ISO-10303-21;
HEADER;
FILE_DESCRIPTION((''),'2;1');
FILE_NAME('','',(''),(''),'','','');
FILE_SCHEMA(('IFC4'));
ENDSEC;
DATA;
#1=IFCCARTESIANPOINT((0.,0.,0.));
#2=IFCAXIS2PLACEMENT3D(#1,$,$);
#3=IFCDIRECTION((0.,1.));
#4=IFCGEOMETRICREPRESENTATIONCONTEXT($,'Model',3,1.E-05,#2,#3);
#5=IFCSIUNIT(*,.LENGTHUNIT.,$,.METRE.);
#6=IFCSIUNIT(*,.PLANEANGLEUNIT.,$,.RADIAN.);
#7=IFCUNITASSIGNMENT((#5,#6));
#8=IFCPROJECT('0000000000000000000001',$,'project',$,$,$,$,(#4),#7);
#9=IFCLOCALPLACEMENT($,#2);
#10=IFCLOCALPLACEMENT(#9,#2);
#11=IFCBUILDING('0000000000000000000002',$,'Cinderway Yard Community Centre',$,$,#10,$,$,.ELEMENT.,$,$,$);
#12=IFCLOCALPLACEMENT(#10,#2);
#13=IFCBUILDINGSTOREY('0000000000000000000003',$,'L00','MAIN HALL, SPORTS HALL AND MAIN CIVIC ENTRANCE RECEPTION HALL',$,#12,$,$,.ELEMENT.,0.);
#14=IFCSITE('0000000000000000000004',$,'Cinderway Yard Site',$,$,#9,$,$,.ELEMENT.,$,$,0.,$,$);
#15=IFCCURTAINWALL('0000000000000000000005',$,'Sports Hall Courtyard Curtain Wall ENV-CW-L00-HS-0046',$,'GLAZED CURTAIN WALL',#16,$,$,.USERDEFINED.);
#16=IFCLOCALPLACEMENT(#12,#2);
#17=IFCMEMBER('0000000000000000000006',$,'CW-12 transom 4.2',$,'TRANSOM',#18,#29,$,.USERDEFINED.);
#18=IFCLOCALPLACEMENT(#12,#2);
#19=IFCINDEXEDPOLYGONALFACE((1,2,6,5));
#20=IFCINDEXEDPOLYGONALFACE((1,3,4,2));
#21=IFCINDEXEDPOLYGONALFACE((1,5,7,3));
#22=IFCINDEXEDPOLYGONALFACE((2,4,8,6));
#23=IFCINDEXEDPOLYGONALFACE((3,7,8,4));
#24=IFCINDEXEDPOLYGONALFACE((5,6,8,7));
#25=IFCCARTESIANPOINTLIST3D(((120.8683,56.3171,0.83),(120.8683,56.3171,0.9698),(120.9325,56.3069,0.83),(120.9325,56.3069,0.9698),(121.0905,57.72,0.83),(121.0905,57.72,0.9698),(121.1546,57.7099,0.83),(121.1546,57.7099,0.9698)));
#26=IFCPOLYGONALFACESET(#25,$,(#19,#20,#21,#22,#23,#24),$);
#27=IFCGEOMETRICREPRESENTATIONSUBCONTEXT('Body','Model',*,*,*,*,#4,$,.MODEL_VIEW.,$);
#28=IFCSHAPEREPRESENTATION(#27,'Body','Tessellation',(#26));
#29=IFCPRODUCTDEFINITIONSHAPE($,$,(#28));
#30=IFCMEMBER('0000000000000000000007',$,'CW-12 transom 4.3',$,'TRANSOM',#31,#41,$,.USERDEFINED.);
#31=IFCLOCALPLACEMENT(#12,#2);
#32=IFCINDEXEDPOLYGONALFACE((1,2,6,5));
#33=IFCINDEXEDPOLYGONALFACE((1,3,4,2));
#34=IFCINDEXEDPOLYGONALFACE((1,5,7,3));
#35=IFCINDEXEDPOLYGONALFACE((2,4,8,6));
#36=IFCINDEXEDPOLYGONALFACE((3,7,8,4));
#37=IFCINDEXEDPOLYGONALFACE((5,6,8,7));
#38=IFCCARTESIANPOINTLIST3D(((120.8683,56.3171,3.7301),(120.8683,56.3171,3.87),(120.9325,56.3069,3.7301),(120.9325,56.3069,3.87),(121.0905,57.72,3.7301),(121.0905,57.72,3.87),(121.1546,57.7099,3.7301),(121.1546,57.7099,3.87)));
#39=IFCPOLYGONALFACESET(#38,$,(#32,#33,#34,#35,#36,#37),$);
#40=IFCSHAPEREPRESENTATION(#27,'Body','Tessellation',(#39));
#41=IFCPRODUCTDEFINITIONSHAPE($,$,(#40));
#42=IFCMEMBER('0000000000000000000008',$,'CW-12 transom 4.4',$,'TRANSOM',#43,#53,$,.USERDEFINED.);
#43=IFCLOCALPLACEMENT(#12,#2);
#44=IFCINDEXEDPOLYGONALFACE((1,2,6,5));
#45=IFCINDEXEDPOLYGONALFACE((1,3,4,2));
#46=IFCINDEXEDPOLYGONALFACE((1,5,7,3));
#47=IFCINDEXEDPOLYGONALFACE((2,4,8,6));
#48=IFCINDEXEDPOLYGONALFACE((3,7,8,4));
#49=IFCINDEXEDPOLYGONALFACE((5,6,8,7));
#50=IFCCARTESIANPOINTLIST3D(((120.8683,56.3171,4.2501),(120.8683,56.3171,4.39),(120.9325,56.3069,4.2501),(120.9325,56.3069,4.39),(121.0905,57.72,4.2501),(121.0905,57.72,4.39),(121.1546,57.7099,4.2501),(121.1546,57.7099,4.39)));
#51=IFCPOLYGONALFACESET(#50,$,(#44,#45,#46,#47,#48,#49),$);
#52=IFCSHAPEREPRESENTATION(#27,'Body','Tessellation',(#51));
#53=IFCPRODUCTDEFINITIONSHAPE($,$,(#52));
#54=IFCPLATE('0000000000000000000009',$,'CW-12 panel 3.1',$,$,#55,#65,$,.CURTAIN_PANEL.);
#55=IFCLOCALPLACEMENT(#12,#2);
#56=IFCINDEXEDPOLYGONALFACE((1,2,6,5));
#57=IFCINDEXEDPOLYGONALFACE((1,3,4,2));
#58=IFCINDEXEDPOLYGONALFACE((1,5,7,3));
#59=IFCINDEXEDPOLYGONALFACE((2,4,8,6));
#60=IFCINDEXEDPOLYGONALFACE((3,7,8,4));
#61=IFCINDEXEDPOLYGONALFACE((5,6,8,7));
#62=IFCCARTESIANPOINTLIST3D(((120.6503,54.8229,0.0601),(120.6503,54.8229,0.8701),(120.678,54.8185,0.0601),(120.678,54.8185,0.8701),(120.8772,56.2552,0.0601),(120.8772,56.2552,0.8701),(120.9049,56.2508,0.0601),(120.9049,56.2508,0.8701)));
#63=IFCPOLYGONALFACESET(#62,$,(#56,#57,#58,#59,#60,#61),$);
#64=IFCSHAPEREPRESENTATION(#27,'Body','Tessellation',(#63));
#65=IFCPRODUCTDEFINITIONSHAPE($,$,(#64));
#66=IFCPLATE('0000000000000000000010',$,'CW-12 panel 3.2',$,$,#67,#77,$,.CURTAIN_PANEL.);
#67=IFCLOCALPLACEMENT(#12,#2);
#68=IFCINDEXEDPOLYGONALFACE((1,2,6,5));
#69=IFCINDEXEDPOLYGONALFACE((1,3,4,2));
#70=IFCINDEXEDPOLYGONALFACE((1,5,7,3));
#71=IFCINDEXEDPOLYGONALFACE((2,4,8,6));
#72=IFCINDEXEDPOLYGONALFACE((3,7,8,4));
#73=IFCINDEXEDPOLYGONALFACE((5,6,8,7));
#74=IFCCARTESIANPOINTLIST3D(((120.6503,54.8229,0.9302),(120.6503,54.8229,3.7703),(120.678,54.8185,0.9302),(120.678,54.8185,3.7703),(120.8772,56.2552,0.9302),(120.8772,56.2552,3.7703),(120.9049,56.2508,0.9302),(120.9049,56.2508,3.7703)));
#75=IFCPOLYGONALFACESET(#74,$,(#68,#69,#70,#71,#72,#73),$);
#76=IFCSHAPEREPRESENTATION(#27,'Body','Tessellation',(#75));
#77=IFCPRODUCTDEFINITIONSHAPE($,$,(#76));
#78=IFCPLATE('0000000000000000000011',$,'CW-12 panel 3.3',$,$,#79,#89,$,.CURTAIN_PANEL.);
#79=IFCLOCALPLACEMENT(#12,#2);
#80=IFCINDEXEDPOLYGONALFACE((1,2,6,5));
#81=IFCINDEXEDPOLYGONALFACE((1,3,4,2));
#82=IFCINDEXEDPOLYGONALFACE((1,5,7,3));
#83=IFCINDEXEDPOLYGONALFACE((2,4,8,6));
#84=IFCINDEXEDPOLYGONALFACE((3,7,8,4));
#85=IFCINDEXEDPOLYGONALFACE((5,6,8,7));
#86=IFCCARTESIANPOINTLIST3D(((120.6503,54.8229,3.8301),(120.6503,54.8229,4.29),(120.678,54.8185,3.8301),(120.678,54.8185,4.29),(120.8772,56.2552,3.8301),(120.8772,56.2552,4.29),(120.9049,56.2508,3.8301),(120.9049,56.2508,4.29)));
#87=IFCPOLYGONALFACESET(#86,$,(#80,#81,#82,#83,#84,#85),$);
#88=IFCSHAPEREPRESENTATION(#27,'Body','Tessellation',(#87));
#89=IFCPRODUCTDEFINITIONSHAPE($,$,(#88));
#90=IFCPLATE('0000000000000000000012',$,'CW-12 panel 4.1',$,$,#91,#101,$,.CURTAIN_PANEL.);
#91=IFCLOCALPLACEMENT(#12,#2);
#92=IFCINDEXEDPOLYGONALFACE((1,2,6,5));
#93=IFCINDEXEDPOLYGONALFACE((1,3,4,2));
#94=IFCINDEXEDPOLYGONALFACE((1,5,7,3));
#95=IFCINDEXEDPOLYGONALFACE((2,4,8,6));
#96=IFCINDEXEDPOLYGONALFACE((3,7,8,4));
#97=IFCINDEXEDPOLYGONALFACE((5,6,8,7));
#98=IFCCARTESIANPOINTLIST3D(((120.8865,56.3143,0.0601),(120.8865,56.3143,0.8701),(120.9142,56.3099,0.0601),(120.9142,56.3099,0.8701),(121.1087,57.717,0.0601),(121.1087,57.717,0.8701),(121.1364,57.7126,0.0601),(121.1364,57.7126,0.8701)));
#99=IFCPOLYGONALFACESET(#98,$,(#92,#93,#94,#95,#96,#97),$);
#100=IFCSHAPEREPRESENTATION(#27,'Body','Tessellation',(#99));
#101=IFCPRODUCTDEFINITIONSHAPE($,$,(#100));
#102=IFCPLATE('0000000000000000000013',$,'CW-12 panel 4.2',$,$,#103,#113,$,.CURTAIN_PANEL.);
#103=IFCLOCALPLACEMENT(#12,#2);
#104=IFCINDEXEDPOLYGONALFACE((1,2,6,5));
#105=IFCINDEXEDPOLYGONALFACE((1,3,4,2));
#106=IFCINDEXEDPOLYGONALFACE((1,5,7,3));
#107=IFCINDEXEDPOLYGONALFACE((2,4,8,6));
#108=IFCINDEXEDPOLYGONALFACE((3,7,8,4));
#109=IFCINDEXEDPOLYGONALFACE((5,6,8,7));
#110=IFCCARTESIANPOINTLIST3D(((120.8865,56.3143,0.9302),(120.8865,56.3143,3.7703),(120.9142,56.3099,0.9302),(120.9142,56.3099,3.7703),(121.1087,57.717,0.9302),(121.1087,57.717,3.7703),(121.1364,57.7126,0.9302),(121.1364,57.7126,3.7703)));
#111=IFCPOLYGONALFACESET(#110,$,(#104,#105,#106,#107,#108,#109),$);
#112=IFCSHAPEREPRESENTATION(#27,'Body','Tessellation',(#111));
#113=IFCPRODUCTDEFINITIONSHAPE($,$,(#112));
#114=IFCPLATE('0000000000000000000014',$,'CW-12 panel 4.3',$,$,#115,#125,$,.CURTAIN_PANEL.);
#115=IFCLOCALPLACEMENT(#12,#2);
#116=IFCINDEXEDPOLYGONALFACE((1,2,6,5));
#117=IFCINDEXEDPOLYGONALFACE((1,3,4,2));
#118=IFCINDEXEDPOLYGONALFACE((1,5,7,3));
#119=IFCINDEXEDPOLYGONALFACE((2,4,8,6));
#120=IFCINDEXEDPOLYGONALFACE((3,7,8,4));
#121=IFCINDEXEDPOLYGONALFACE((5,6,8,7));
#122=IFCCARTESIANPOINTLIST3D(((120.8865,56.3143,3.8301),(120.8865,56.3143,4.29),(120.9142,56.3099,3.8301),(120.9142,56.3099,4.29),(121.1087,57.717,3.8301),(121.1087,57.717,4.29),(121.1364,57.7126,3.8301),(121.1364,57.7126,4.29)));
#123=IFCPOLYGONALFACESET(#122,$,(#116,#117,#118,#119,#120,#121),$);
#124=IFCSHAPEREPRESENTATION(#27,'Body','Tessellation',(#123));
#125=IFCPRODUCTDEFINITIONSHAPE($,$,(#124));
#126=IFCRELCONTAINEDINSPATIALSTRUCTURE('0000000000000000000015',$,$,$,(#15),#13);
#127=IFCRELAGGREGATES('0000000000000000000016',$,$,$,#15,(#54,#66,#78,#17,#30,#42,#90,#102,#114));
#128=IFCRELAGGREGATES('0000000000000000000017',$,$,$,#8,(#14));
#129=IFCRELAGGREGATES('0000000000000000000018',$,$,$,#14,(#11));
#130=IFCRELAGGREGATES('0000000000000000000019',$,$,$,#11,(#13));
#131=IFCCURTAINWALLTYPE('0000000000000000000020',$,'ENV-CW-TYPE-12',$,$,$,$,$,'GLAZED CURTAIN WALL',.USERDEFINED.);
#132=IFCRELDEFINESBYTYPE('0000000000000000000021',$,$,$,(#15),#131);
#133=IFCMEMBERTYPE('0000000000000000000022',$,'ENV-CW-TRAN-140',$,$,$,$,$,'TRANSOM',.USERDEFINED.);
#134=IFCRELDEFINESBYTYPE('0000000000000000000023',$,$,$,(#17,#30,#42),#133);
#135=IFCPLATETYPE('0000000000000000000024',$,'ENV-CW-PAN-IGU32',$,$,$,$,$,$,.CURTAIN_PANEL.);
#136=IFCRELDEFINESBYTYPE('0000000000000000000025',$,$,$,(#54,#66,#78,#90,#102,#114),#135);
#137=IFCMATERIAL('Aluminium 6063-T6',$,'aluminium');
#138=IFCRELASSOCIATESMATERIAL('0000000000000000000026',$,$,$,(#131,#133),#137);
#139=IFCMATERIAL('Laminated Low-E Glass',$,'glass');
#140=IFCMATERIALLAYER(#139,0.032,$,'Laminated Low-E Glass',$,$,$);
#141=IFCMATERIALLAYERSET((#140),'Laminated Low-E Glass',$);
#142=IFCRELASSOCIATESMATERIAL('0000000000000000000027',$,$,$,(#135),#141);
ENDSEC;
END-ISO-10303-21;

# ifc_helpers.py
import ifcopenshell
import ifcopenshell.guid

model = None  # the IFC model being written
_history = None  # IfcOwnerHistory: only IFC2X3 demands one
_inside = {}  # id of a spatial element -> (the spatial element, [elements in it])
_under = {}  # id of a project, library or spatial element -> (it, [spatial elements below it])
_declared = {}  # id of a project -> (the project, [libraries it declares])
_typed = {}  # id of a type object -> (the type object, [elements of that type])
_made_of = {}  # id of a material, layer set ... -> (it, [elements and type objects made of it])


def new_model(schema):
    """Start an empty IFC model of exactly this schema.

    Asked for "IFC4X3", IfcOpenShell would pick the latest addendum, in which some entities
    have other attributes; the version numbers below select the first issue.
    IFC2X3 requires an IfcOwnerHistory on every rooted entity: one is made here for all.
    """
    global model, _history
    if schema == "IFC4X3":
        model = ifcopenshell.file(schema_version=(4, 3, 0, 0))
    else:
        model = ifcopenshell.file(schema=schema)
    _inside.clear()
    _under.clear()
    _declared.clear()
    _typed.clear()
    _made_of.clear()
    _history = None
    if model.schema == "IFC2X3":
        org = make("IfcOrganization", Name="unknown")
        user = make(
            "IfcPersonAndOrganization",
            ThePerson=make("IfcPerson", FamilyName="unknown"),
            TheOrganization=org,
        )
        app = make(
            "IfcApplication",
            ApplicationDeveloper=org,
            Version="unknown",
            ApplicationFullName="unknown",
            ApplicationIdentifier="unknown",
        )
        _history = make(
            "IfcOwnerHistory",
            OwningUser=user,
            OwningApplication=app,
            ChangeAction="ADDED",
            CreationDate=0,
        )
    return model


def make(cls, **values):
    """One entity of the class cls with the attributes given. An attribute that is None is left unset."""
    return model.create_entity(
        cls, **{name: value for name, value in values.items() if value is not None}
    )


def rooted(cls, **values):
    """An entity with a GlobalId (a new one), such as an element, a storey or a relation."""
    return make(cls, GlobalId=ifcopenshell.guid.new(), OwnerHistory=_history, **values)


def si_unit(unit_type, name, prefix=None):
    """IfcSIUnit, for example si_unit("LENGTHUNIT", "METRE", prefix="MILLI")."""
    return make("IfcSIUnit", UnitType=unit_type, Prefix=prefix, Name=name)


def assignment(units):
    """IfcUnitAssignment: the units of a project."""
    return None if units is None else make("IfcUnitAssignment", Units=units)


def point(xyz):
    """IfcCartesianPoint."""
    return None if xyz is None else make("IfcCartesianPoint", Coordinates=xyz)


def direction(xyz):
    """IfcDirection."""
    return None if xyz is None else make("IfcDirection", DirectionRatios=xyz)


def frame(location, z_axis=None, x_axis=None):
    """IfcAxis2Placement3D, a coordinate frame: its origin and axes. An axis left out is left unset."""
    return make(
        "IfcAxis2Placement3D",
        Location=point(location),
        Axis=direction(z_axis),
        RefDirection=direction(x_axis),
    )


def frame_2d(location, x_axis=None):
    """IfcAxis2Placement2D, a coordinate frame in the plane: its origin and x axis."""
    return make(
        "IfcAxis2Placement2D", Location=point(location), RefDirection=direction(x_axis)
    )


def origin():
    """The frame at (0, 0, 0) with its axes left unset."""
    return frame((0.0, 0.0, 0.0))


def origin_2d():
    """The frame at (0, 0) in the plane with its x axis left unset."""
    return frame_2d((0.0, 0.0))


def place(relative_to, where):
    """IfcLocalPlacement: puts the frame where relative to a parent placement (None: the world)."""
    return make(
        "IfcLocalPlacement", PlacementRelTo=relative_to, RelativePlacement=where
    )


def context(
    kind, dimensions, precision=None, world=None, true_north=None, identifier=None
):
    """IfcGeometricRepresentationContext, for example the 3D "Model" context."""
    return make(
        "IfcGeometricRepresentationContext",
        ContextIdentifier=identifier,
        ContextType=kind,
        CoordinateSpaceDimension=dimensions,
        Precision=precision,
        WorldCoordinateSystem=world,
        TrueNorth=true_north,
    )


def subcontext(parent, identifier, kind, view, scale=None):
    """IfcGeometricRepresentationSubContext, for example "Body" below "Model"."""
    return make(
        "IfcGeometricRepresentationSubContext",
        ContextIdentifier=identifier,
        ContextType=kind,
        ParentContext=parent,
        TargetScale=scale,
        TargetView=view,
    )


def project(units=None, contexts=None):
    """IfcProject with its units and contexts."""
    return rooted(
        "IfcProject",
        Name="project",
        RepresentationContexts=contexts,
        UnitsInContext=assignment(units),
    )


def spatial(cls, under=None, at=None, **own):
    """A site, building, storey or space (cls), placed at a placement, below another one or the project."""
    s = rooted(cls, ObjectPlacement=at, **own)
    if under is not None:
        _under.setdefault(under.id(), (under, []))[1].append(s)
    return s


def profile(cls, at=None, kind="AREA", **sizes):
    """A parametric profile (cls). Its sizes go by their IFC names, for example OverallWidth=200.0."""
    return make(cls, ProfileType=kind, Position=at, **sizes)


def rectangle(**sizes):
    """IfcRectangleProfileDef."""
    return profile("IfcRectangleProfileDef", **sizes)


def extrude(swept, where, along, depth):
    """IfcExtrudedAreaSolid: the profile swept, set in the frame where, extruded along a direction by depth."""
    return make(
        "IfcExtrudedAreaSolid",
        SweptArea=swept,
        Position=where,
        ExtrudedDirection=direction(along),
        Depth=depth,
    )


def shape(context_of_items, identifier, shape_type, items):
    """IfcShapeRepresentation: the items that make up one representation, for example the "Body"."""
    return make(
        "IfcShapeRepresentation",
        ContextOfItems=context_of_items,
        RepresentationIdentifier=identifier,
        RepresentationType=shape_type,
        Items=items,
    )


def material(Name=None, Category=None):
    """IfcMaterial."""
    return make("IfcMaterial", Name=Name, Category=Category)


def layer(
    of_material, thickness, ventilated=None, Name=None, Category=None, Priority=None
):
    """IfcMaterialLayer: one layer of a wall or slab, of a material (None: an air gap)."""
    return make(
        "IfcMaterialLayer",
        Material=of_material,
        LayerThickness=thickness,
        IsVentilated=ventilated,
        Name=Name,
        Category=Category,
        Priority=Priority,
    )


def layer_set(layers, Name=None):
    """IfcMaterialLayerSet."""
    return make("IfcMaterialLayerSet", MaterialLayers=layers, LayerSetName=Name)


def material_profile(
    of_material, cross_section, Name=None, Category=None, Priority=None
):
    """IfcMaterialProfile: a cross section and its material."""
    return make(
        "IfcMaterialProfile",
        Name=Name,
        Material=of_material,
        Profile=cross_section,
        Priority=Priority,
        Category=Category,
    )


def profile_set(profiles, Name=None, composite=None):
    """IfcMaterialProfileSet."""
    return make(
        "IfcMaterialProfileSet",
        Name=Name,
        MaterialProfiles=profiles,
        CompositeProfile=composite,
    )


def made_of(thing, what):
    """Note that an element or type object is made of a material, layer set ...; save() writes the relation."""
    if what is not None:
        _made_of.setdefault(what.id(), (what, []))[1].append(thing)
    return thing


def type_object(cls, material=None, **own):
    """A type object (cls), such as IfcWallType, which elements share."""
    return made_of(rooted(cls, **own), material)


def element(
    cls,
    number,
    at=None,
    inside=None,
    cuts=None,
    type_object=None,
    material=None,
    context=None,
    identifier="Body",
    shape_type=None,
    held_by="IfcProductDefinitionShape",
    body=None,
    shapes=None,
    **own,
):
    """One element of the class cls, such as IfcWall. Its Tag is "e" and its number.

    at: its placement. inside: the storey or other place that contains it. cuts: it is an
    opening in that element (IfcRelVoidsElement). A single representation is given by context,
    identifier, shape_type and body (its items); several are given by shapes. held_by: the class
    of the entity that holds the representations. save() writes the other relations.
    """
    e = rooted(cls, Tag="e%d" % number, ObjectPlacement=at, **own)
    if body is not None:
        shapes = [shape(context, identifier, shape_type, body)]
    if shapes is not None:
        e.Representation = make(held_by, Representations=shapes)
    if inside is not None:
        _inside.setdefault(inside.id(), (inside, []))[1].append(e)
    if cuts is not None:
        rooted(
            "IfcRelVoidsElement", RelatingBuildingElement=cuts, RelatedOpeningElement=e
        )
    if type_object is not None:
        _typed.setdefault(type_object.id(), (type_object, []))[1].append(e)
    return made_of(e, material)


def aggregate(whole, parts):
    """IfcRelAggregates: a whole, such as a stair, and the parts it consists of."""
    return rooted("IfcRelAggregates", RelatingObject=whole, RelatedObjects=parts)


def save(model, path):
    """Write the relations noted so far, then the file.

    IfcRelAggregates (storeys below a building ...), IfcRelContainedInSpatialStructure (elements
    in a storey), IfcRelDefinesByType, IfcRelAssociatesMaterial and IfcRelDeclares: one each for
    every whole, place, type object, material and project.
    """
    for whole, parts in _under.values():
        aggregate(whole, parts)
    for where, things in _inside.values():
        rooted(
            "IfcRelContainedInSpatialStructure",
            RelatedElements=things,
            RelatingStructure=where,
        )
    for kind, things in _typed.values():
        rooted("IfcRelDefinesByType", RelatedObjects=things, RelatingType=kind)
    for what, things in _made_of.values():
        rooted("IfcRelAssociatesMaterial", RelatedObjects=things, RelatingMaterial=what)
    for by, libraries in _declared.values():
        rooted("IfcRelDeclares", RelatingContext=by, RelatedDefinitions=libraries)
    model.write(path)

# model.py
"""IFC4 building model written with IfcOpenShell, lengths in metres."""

from ifc_helpers import new_model, si_unit, direction, frame, origin, origin_2d, place, context, subcontext, project, spatial, rectangle, extrude, material, layer, layer_set, material_profile, profile_set, type_object, element, aggregate, save


model = new_model("IFC4")

# Units and contexts
model_context = context("Model", 3, precision=1e-05, world=origin(), true_north=direction((0.0, 1.0)))
body_context = subcontext(model_context, "Body", "Model", "MODEL_VIEW")
ifc_project = project(units=[si_unit("LENGTHUNIT", "METRE"), si_unit("PLANEANGLEUNIT", "RADIAN")], contexts=[model_context])

# Site, building, storey
site_placement = place(None, origin())
site = spatial("IfcSite", under=ifc_project, at=site_placement, Name="Cinderway Yard Site", CompositionType="ELEMENT", RefElevation=0.0)
building_placement = place(site_placement, origin())
building = spatial("IfcBuilding", under=site, at=building_placement, Name="Cinderway Yard Community Centre", CompositionType="ELEMENT")
storey_placement = place(building_placement, origin())
storey = spatial("IfcBuildingStorey", under=building, at=storey_placement, Name="L00", Description="MAIN HALL, SPORTS HALL AND MAIN CIVIC ENTRANCE RECEPTION HALL", CompositionType="ELEMENT", Elevation=0.0)

# Curtain wall
ifc_material_1 = material(Name="Aluminium 6063-T6", Category="aluminium")
curtain_wall_type = type_object("IfcCurtainWallType", Name="ENV-CW-TYPE-12", ElementType="GLAZED CURTAIN WALL", PredefinedType="USERDEFINED", material=ifc_material_1)
curtain_wall_1_placement = place(storey_placement, origin())
curtain_wall_1 = element("IfcCurtainWall", 1, at=curtain_wall_1_placement, inside=storey, type_object=curtain_wall_type, Name="Sports Hall Courtyard Curtain Wall ENV-CW-L00-HS-0046", ObjectType="GLAZED CURTAIN WALL", PredefinedType="USERDEFINED")

# Members
ifc_material_profile_1 = material_profile(ifc_material_1, rectangle(XDim=0.0649, YDim=0.1399, at=origin_2d()), Name="Aluminium 6063-T6")
ifc_profile_set_1 = profile_set([ifc_material_profile_1], Name="Aluminium 6063-T6")
member_type_1 = type_object("IfcMemberType", Name="ENV-CW-TRAN-140", ElementType="TRANSOM", PredefinedType="USERDEFINED", material=ifc_profile_set_1)
member_1_placement = place(storey_placement, frame((120.9004, 56.312, 0.8999), z_axis=(0.156422, 0.98769, 0.0), x_axis=(-0.98769, 0.156422, 0.0)))
member_1 = element("IfcMember", 2, at=member_1_placement, type_object=member_type_1, Name="CW-12 transom 4.2", ObjectType="TRANSOM", PredefinedType="USERDEFINED", context=body_context, shape_type="SweptSolid", body=[
    extrude(rectangle(XDim=0.0649, YDim=0.1399, at=origin_2d()), origin(), (0.0, 0.0, 1.0), 1.4204),
])
member_2_placement = place(storey_placement, frame((120.9004, 56.312, 3.8), z_axis=(0.156422, 0.98769, 0.0), x_axis=(-0.98769, 0.156422, 0.0)))
member_2 = element("IfcMember", 3, at=member_2_placement, type_object=member_type_1, Name="CW-12 transom 4.3", ObjectType="TRANSOM", PredefinedType="USERDEFINED", context=body_context, shape_type="SweptSolid", body=[
    extrude(rectangle(XDim=0.0649, YDim=0.1399, at=origin_2d()), origin(), (0.0, 0.0, 1.0), 1.4204),
])
member_3_placement = place(storey_placement, frame((120.9004, 56.312, 4.3201), z_axis=(0.156422, 0.98769, 0.0), x_axis=(-0.98769, 0.156422, 0.0)))
member_3 = element("IfcMember", 4, at=member_3_placement, type_object=member_type_1, Name="CW-12 transom 4.4", ObjectType="TRANSOM", PredefinedType="USERDEFINED", context=body_context, shape_type="SweptSolid", body=[
    extrude(rectangle(XDim=0.0649, YDim=0.1399, at=origin_2d()), origin(), (0.0, 0.0, 1.0), 1.4204),
])

# Plates
ifc_material_2 = material(Name="Laminated Low-E Glass", Category="glass")
ifc_layer = layer(ifc_material_2, 0.032, Name="Laminated Low-E Glass")
ifc_layer_set = layer_set([ifc_layer], Name="Laminated Low-E Glass")
plate_type = type_object("IfcPlateType", Name="ENV-CW-PAN-IGU32", PredefinedType="CURTAIN_PANEL", material=ifc_layer_set)
plate_1_placement = place(storey_placement, frame((120.7776, 55.5369, 0.0601), z_axis=(0.0, 0.0, 1.0), x_axis=(0.156447, 0.987686, 0.0)))
plate_1 = element("IfcPlate", 5, at=plate_1_placement, type_object=plate_type, Name="CW-12 panel 3.1", PredefinedType="CURTAIN_PANEL", context=body_context, shape_type="SweptSolid", body=[
    extrude(rectangle(XDim=1.4502, YDim=0.0281, at=origin_2d()), origin(), (0.0, 0.0, 1.0), 0.8101),
])
plate_2_placement = place(storey_placement, frame((120.7776, 55.5369, 0.9302), z_axis=(0.0, 0.0, 1.0), x_axis=(0.156447, 0.987686, 0.0)))
plate_2 = element("IfcPlate", 6, at=plate_2_placement, type_object=plate_type, Name="CW-12 panel 3.2", PredefinedType="CURTAIN_PANEL", context=body_context, shape_type="SweptSolid", body=[
    extrude(rectangle(XDim=1.4502, YDim=0.0281, at=origin_2d()), origin(), (0.0, 0.0, 1.0), 2.8401),
])
plate_3_placement = place(storey_placement, frame((120.7776, 55.5369, 3.8301), z_axis=(0.0, 0.0, 1.0), x_axis=(0.156447, 0.987686, 0.0)))
plate_3 = element("IfcPlate", 7, at=plate_3_placement, type_object=plate_type, Name="CW-12 panel 3.3", PredefinedType="CURTAIN_PANEL", context=body_context, shape_type="SweptSolid", body=[
    extrude(rectangle(XDim=1.4502, YDim=0.0281, at=origin_2d()), origin(), (0.0, 0.0, 1.0), 0.46),
])
plate_4_placement = place(storey_placement, frame((121.0115, 57.0134, 0.0601), z_axis=(0.0, 0.0, 1.0), x_axis=(0.156447, 0.987686, 0.0)))
plate_4 = element("IfcPlate", 8, at=plate_4_placement, type_object=plate_type, Name="CW-12 panel 4.1", PredefinedType="CURTAIN_PANEL", context=body_context, shape_type="SweptSolid", body=[
    extrude(rectangle(XDim=1.4202, YDim=0.0281, at=origin_2d()), origin(), (0.0, 0.0, 1.0), 0.8101),
])
plate_5_placement = place(storey_placement, frame((121.0115, 57.0134, 0.9302), z_axis=(0.0, 0.0, 1.0), x_axis=(0.156447, 0.987686, 0.0)))
plate_5 = element("IfcPlate", 9, at=plate_5_placement, type_object=plate_type, Name="CW-12 panel 4.2", PredefinedType="CURTAIN_PANEL", context=body_context, shape_type="SweptSolid", body=[
    extrude(rectangle(XDim=1.4202, YDim=0.0281, at=origin_2d()), origin(), (0.0, 0.0, 1.0), 2.8401),
])
plate_6_placement = place(storey_placement, frame((121.0115, 57.0134, 3.8301), z_axis=(0.0, 0.0, 1.0), x_axis=(0.156447, 0.987686, 0.0)))
plate_6 = element("IfcPlate", 10, at=plate_6_placement, type_object=plate_type, Name="CW-12 panel 4.3", PredefinedType="CURTAIN_PANEL", context=body_context, shape_type="SweptSolid", body=[
    extrude(rectangle(XDim=1.4202, YDim=0.0281, at=origin_2d()), origin(), (0.0, 0.0, 1.0), 0.46),
])
aggregate(curtain_wall_1, [plate_1, plate_2, plate_3, member_1, member_2, member_3, plate_4, plate_5, plate_6])

save(model, "model.ifc")
